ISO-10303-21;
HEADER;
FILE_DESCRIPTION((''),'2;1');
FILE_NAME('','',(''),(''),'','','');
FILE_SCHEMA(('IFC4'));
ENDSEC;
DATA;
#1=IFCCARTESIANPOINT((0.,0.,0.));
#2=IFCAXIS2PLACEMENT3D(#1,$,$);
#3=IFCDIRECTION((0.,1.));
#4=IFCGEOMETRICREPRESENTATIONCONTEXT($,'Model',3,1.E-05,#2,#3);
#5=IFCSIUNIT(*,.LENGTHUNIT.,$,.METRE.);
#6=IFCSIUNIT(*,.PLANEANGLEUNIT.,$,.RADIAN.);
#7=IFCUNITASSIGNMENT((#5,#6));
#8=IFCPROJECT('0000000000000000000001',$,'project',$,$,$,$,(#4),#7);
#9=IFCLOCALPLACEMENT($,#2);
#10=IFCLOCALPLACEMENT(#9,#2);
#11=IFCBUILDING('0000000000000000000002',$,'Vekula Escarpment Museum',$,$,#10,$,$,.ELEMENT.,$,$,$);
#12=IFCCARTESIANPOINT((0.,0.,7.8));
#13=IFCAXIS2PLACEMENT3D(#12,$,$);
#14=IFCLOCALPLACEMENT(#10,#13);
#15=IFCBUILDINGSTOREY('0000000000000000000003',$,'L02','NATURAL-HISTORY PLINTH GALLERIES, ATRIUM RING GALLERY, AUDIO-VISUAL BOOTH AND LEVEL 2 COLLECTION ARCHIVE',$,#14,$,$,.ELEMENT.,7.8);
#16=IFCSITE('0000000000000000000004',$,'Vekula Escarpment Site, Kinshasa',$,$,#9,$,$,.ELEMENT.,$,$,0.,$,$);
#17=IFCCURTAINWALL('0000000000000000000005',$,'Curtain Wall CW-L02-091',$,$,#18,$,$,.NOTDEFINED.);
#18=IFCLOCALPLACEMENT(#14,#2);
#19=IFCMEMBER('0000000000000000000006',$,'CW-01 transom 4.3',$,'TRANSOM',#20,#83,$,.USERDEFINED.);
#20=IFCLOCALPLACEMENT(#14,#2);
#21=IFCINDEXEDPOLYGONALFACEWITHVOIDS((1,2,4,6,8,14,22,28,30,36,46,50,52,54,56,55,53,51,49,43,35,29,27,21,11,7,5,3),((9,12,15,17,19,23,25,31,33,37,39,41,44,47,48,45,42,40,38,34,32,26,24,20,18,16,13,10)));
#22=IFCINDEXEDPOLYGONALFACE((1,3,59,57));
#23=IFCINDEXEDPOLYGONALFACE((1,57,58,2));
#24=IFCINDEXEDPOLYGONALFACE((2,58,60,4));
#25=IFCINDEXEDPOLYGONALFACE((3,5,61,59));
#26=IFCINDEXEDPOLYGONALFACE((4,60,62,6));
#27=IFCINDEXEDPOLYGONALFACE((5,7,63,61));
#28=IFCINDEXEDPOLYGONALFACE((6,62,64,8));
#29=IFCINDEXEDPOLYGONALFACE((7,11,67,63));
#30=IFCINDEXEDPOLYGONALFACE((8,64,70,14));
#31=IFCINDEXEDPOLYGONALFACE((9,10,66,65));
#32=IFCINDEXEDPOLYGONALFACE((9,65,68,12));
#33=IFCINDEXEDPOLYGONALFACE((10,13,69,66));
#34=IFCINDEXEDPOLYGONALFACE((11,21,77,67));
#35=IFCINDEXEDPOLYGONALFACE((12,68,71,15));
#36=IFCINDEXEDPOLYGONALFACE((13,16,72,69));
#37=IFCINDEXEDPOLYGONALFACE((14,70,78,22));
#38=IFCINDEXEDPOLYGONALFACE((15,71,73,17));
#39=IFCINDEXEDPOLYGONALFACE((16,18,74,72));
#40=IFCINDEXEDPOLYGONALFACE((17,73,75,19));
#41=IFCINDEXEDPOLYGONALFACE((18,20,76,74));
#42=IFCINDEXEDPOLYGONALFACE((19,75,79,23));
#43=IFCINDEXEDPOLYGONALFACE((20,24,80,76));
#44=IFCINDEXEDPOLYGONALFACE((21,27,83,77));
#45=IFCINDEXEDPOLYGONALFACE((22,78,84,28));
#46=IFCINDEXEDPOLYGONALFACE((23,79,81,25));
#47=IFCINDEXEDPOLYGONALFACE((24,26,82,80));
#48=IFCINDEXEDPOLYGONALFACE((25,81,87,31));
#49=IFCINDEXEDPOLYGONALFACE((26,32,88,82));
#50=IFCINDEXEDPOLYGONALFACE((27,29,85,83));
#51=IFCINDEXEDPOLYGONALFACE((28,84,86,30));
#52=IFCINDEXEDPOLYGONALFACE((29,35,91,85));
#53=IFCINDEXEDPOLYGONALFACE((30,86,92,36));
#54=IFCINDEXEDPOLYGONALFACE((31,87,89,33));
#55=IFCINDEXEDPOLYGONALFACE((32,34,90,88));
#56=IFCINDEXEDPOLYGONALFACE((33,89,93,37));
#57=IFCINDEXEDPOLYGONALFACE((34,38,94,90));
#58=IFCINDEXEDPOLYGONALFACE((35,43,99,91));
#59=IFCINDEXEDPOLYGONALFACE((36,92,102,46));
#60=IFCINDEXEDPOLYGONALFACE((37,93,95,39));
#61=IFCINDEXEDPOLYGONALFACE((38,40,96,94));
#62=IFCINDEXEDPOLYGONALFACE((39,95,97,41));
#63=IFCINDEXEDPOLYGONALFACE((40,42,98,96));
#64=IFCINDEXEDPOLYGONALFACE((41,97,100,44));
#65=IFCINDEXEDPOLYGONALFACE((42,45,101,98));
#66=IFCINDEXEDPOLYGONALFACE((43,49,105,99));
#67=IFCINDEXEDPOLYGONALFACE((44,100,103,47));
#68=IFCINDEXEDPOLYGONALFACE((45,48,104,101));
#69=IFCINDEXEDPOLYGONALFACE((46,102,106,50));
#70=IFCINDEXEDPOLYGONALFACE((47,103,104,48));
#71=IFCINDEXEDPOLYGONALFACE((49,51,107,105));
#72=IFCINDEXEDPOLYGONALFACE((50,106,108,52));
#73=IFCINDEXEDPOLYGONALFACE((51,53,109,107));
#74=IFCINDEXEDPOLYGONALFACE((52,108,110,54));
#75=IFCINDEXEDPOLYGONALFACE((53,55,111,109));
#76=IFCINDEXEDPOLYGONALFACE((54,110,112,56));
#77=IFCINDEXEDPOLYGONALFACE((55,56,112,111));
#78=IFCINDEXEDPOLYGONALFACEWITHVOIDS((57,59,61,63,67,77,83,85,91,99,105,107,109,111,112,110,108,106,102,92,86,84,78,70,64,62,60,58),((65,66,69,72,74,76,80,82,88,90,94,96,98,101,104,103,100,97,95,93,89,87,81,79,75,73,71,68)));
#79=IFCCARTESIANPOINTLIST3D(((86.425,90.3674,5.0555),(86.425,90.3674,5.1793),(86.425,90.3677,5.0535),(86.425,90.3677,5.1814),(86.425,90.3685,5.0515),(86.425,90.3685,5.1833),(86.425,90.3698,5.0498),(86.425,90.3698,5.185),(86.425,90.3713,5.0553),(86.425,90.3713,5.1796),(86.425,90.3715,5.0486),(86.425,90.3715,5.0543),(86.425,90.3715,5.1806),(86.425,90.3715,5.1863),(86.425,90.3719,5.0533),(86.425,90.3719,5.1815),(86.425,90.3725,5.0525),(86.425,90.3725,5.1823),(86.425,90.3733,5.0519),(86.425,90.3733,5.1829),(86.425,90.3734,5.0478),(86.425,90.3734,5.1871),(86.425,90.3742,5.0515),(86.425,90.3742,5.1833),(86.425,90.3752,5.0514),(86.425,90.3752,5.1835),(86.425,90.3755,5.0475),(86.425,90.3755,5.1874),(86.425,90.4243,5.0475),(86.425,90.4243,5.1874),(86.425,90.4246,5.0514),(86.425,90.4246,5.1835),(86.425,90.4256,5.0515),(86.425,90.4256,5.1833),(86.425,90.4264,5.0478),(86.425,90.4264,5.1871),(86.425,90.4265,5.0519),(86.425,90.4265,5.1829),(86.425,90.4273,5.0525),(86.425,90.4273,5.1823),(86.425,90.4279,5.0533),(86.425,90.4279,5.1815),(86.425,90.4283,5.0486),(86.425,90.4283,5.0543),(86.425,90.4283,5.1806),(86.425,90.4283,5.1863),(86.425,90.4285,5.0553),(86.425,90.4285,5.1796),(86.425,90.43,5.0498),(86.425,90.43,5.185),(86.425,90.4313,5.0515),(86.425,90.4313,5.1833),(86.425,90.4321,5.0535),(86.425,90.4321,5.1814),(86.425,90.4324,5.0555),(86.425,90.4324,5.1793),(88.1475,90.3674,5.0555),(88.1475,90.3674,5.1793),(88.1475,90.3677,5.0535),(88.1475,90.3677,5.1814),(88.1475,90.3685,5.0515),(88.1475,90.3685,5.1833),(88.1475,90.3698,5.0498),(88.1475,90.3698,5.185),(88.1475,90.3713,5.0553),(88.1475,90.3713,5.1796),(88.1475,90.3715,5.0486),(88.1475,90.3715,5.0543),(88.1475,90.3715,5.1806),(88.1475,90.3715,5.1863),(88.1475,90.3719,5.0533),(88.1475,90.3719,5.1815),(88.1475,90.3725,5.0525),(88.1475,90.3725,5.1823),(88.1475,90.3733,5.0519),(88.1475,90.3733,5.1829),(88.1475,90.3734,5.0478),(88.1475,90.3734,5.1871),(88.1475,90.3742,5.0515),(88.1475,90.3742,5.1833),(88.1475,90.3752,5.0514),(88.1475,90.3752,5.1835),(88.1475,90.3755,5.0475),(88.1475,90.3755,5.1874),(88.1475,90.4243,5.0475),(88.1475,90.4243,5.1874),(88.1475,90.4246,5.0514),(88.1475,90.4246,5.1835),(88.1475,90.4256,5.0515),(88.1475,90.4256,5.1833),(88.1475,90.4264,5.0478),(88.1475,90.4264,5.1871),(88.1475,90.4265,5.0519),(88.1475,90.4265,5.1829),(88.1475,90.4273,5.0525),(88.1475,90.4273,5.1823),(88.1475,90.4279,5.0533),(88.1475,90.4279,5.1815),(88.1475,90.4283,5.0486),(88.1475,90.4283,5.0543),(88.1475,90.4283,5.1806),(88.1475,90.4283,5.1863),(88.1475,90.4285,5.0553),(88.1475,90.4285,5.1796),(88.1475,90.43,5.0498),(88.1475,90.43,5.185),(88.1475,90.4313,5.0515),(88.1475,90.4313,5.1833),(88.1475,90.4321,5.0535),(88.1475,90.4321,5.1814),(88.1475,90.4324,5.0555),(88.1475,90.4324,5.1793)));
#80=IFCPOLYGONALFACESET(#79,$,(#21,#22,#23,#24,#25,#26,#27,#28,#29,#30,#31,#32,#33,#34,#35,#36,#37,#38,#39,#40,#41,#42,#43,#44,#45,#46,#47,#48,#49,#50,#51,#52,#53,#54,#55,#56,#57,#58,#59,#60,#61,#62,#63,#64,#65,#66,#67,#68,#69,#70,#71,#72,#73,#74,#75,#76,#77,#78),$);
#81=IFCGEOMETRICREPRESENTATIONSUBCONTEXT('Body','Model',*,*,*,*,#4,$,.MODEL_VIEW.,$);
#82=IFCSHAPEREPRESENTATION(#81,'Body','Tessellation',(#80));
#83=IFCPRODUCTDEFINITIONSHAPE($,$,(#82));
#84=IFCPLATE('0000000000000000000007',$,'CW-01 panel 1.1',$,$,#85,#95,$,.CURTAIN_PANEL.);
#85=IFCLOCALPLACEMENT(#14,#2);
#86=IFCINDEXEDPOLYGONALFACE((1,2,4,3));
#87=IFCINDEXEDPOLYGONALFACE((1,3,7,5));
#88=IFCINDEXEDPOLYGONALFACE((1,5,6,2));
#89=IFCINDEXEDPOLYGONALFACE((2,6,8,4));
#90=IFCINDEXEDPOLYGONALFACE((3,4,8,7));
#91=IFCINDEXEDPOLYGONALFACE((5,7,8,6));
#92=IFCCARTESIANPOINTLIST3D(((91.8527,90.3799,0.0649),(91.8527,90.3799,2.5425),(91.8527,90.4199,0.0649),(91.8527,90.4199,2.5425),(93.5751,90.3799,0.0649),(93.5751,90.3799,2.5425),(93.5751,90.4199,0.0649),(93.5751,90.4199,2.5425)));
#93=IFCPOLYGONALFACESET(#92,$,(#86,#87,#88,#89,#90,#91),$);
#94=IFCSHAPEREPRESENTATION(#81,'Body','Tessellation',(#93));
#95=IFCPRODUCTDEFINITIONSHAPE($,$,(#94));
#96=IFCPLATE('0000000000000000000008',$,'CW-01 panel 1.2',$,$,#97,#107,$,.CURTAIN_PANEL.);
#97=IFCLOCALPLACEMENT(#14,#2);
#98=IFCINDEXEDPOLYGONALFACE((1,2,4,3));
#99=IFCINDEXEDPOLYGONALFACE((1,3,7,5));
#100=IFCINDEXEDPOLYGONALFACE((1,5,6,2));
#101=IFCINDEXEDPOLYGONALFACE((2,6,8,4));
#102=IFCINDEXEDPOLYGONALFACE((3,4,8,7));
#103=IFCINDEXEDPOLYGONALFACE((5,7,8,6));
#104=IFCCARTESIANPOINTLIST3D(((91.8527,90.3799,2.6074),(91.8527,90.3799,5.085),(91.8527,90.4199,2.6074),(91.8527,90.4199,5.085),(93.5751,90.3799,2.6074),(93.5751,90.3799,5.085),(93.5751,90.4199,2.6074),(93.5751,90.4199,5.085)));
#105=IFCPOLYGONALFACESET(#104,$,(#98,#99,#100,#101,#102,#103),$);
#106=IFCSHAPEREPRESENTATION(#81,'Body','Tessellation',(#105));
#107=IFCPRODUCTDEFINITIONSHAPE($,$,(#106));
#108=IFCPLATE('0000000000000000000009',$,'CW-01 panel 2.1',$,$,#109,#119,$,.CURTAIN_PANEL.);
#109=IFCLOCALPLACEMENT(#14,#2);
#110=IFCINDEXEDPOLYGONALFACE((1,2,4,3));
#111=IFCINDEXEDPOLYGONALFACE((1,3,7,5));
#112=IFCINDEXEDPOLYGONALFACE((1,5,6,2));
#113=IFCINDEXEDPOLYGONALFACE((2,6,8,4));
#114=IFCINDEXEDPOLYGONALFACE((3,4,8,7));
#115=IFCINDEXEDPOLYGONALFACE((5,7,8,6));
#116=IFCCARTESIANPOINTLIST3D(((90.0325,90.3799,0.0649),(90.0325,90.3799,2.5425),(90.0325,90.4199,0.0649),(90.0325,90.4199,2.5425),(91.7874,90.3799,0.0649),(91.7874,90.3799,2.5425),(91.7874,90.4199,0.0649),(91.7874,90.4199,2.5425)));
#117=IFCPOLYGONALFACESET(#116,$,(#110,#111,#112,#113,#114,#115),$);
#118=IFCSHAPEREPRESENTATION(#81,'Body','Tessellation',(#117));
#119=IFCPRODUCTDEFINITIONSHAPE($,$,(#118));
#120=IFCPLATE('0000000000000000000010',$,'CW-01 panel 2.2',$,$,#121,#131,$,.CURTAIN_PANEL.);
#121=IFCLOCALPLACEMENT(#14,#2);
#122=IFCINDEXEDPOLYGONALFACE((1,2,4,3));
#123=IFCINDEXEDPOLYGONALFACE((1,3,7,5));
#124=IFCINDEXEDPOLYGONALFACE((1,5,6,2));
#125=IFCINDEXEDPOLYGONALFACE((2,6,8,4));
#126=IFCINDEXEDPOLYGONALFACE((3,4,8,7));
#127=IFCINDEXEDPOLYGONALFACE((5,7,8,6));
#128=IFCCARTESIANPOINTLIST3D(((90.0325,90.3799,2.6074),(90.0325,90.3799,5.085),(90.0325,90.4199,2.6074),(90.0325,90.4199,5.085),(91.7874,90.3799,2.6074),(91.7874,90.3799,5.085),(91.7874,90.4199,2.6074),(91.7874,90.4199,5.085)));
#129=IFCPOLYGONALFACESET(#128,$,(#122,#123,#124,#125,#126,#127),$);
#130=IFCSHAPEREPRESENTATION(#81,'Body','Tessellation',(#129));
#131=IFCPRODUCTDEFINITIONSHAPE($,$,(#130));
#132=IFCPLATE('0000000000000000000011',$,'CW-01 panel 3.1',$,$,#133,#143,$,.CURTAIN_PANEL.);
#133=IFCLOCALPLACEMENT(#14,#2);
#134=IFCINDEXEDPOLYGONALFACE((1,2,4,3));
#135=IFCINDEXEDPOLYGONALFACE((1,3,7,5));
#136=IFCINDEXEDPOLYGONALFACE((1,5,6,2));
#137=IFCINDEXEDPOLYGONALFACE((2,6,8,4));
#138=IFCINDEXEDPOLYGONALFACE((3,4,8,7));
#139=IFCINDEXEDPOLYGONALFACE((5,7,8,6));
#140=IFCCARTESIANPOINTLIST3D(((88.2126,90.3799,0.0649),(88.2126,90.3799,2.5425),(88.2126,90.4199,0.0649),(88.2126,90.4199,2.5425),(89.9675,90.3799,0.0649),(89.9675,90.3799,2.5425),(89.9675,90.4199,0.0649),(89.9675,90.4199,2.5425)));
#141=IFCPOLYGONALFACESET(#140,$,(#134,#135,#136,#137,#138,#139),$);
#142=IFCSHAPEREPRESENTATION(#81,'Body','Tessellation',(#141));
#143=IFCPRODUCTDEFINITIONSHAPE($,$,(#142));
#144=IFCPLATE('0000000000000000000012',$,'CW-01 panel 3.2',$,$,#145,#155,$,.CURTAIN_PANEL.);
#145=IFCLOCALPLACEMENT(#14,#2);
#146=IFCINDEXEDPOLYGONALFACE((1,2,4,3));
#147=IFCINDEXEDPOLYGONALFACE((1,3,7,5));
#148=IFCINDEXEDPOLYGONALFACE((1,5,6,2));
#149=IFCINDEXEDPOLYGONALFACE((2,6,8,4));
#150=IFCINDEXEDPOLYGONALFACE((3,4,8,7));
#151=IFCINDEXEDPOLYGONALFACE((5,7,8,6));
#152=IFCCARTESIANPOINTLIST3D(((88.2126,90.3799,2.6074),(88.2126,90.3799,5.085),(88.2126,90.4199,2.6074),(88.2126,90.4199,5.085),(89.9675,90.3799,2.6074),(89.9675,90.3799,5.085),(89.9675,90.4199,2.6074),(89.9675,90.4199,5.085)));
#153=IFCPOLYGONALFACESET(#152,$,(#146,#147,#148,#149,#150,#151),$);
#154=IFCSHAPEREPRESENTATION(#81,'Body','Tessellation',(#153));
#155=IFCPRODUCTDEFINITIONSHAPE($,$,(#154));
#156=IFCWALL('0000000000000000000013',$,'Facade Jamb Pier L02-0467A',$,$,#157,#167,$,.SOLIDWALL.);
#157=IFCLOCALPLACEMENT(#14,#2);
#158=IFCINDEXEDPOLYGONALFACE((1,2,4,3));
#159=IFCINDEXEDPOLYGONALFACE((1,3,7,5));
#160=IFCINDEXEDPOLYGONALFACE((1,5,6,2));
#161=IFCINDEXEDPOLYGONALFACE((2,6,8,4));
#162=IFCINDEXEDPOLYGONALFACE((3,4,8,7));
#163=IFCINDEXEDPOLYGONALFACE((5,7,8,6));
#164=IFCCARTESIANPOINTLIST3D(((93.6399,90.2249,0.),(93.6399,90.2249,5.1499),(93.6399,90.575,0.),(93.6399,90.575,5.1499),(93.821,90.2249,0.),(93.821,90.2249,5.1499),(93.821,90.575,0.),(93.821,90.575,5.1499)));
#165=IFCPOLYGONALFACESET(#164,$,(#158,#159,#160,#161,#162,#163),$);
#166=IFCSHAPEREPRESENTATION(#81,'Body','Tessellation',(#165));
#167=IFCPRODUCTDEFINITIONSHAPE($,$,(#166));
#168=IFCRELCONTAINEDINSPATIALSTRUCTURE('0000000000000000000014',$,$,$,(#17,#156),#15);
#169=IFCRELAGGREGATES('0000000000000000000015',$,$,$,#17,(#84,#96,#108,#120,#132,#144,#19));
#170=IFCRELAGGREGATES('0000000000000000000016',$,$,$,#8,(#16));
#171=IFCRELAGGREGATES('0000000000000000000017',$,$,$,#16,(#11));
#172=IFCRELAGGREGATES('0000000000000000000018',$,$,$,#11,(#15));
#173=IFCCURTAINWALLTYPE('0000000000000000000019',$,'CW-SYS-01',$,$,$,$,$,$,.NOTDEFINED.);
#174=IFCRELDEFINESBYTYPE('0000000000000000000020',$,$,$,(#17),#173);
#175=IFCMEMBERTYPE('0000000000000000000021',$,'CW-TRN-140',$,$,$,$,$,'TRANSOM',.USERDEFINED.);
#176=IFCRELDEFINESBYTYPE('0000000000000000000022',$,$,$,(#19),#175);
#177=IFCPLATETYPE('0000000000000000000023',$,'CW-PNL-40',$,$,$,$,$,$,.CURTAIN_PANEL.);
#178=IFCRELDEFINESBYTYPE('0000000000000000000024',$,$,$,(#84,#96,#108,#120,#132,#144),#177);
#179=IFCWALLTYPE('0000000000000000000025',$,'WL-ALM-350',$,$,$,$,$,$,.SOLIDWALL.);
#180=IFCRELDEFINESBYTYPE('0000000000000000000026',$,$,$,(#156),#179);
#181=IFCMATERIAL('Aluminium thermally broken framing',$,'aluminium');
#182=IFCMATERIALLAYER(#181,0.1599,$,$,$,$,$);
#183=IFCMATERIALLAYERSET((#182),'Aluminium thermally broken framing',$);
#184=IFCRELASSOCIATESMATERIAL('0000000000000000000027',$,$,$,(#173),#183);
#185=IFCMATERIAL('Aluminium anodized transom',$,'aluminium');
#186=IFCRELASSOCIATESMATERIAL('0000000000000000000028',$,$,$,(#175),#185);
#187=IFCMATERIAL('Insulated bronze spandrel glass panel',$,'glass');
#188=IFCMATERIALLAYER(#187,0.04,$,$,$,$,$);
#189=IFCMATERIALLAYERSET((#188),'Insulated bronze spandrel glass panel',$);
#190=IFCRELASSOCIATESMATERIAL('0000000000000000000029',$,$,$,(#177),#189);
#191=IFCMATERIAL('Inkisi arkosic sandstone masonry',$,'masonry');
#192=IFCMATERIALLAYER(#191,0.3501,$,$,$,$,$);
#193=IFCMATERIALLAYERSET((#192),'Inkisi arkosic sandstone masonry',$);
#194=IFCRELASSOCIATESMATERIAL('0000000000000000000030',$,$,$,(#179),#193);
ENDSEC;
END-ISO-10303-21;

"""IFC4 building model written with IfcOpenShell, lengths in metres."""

from ifc_helpers import new_model, si_unit, direction, frame, frame_2d, origin, origin_2d, place, context, subcontext, project, spatial, rectangle, hollow_rectangle, extrude, material, layer, layer_set, material_profile, profile_set, type_object, element, aggregate, save


model = new_model("IFC4")

# Units and contexts
model_context = context("Model", 3, precision=1e-05, world=origin(), true_north=direction((0.0, 1.0)))
body_context = subcontext(model_context, "Body", "Model", "MODEL_VIEW")
ifc_project = project(units=[si_unit("LENGTHUNIT", "METRE"), si_unit("PLANEANGLEUNIT", "RADIAN")], contexts=[model_context])

# Site, building, storey
site_placement = place(None, origin())
site = spatial("IfcSite", under=ifc_project, at=site_placement, Name="Vekula Escarpment Site, Kinshasa", CompositionType="ELEMENT", RefElevation=0.0)
building_placement = place(site_placement, origin())
building = spatial("IfcBuilding", under=site, at=building_placement, Name="Vekula Escarpment Museum", CompositionType="ELEMENT")
storey_placement = place(building_placement, frame((0.0, 0.0, 7.8)))
storey = spatial("IfcBuildingStorey", under=building, at=storey_placement, Name="L02", Description="NATURAL-HISTORY PLINTH GALLERIES, ATRIUM RING GALLERY, AUDIO-VISUAL BOOTH AND LEVEL 2 COLLECTION ARCHIVE", CompositionType="ELEMENT", Elevation=7.8)

# Curtain wall, member, plates
ifc_material_1 = material(Name="Aluminium thermally broken framing", Category="aluminium")
ifc_layer_1 = layer(ifc_material_1, 0.1599)
ifc_layer_set_1 = layer_set([ifc_layer_1], Name="Aluminium thermally broken framing")
curtain_wall_type = type_object("IfcCurtainWallType", Name="CW-SYS-01", PredefinedType="NOTDEFINED", material=ifc_layer_set_1)
curtain_wall_placement = place(storey_placement, origin())
curtain_wall = element("IfcCurtainWall", 1, at=curtain_wall_placement, inside=storey, type_object=curtain_wall_type, Name="Curtain Wall CW-L02-091", PredefinedType="NOTDEFINED")
ifc_material_2 = material(Name="Aluminium anodized transom", Category="aluminium")
ifc_material_profile_1 = material_profile(ifc_material_2, hollow_rectangle(XDim=0.0649, YDim=0.1399, WallThickness=0.0039, InnerFilletRadius=0.0039, OuterFilletRadius=0.0081, at=origin_2d()), Name="ALU 140x65x4")
ifc_profile_set_1 = profile_set([ifc_material_profile_1], Name="Aluminium anodized transom")
member_type_1 = type_object("IfcMemberType", Name="CW-TRN-140", ElementType="TRANSOM", PredefinedType="USERDEFINED", material=ifc_profile_set_1)
member_1_placement = place(storey_placement, frame((88.1475, 90.3999, 5.1174), z_axis=(-1.0, 0.0, 0.0), x_axis=(0.0, -1.0, 0.0)))
member_1 = element("IfcMember", 2, at=member_1_placement, type_object=member_type_1, Name="CW-01 transom 4.3", ObjectType="TRANSOM", PredefinedType="USERDEFINED", context=body_context, shape_type="SweptSolid", body=[
    extrude(hollow_rectangle(XDim=0.0649, YDim=0.1399, WallThickness=0.0039, InnerFilletRadius=0.0039, OuterFilletRadius=0.0081, at=origin_2d()), origin(), (0.0, 0.0, 1.0), 1.7224),
])
ifc_material_3 = material(Name="Insulated bronze spandrel glass panel", Category="glass")
ifc_layer_2 = layer(ifc_material_3, 0.04)
ifc_layer_set_2 = layer_set([ifc_layer_2], Name="Insulated bronze spandrel glass panel")
plate_type = type_object("IfcPlateType", Name="CW-PNL-40", PredefinedType="CURTAIN_PANEL", material=ifc_layer_set_2)
plate_1_placement = place(storey_placement, frame((92.7139, 90.3999, 0.0649), z_axis=(0.0, 0.0, 1.0), x_axis=(-1.0, 0.0, 0.0)))
plate_1 = element("IfcPlate", 3, at=plate_1_placement, type_object=plate_type, Name="CW-01 panel 1.1", PredefinedType="CURTAIN_PANEL", context=body_context, shape_type="SweptSolid", body=[
    extrude(rectangle(XDim=1.7224, YDim=0.04, at=origin_2d()), origin(), (0.0, 0.0, 1.0), 2.4775),
])
plate_2_placement = place(storey_placement, frame((92.7139, 90.3999, 2.6074), z_axis=(0.0, 0.0, 1.0), x_axis=(-1.0, 0.0, 0.0)))
plate_2 = element("IfcPlate", 4, at=plate_2_placement, type_object=plate_type, Name="CW-01 panel 1.2", PredefinedType="CURTAIN_PANEL", context=body_context, shape_type="SweptSolid", body=[
    extrude(rectangle(XDim=1.7224, YDim=0.04, at=origin_2d()), origin(), (0.0, 0.0, 1.0), 2.4775),
])
plate_3_placement = place(storey_placement, frame((90.9099, 90.3999, 0.0649), z_axis=(0.0, 0.0, 1.0), x_axis=(-1.0, 0.0, 0.0)))
plate_3 = element("IfcPlate", 5, at=plate_3_placement, type_object=plate_type, Name="CW-01 panel 2.1", PredefinedType="CURTAIN_PANEL", context=body_context, shape_type="SweptSolid", body=[
    extrude(rectangle(XDim=1.7549, YDim=0.04, at=origin_2d()), origin(), (0.0, 0.0, 1.0), 2.4775),
])
plate_4_placement = place(storey_placement, frame((90.9099, 90.3999, 2.6074), z_axis=(0.0, 0.0, 1.0), x_axis=(-1.0, 0.0, 0.0)))
plate_4 = element("IfcPlate", 6, at=plate_4_placement, type_object=plate_type, Name="CW-01 panel 2.2", PredefinedType="CURTAIN_PANEL", context=body_context, shape_type="SweptSolid", body=[
    extrude(rectangle(XDim=1.7549, YDim=0.04, at=origin_2d()), origin(), (0.0, 0.0, 1.0), 2.4775),
])
plate_5_placement = place(storey_placement, frame((89.0901, 90.3999, 0.0649), z_axis=(0.0, 0.0, 1.0), x_axis=(-1.0, 0.0, 0.0)))
plate_5 = element("IfcPlate", 7, at=plate_5_placement, type_object=plate_type, Name="CW-01 panel 3.1", PredefinedType="CURTAIN_PANEL", context=body_context, shape_type="SweptSolid", body=[
    extrude(rectangle(XDim=1.7549, YDim=0.04, at=origin_2d()), origin(), (0.0, 0.0, 1.0), 2.4775),
])
plate_6_placement = place(storey_placement, frame((89.0901, 90.3999, 2.6074), z_axis=(0.0, 0.0, 1.0), x_axis=(-1.0, 0.0, 0.0)))
plate_6 = element("IfcPlate", 8, at=plate_6_placement, type_object=plate_type, Name="CW-01 panel 3.2", PredefinedType="CURTAIN_PANEL", context=body_context, shape_type="SweptSolid", body=[
    extrude(rectangle(XDim=1.7549, YDim=0.04, at=origin_2d()), origin(), (0.0, 0.0, 1.0), 2.4775),
])
aggregate(curtain_wall, [plate_1, plate_2, plate_3, plate_4, plate_5, plate_6, member_1])

# Wall
ifc_material_4 = material(Name="Inkisi arkosic sandstone masonry", Category="masonry")
ifc_layer_3 = layer(ifc_material_4, 0.3501)
ifc_layer_set_3 = layer_set([ifc_layer_3], Name="Inkisi arkosic sandstone masonry")
wall_type = type_object("IfcWallType", Name="WL-ALM-350", PredefinedType="SOLIDWALL", material=ifc_layer_set_3)
wall_placement = place(storey_placement, frame((93.821, 90.3999, 0.0), z_axis=(0.0, 0.0, 1.0), x_axis=(-1.0, 0.0, 0.0)))
element("IfcWall", 9, at=wall_placement, inside=storey, type_object=wall_type, Name="Facade Jamb Pier L02-0467A", PredefinedType="SOLIDWALL", context=body_context, shape_type="SweptSolid", body=[
    extrude(rectangle(XDim=0.1812, YDim=0.3501, at=frame_2d((0.0906, 0.0))), origin(), (0.0, 0.0, 1.0), 5.1499),
])

save(model, "model.ifc")
